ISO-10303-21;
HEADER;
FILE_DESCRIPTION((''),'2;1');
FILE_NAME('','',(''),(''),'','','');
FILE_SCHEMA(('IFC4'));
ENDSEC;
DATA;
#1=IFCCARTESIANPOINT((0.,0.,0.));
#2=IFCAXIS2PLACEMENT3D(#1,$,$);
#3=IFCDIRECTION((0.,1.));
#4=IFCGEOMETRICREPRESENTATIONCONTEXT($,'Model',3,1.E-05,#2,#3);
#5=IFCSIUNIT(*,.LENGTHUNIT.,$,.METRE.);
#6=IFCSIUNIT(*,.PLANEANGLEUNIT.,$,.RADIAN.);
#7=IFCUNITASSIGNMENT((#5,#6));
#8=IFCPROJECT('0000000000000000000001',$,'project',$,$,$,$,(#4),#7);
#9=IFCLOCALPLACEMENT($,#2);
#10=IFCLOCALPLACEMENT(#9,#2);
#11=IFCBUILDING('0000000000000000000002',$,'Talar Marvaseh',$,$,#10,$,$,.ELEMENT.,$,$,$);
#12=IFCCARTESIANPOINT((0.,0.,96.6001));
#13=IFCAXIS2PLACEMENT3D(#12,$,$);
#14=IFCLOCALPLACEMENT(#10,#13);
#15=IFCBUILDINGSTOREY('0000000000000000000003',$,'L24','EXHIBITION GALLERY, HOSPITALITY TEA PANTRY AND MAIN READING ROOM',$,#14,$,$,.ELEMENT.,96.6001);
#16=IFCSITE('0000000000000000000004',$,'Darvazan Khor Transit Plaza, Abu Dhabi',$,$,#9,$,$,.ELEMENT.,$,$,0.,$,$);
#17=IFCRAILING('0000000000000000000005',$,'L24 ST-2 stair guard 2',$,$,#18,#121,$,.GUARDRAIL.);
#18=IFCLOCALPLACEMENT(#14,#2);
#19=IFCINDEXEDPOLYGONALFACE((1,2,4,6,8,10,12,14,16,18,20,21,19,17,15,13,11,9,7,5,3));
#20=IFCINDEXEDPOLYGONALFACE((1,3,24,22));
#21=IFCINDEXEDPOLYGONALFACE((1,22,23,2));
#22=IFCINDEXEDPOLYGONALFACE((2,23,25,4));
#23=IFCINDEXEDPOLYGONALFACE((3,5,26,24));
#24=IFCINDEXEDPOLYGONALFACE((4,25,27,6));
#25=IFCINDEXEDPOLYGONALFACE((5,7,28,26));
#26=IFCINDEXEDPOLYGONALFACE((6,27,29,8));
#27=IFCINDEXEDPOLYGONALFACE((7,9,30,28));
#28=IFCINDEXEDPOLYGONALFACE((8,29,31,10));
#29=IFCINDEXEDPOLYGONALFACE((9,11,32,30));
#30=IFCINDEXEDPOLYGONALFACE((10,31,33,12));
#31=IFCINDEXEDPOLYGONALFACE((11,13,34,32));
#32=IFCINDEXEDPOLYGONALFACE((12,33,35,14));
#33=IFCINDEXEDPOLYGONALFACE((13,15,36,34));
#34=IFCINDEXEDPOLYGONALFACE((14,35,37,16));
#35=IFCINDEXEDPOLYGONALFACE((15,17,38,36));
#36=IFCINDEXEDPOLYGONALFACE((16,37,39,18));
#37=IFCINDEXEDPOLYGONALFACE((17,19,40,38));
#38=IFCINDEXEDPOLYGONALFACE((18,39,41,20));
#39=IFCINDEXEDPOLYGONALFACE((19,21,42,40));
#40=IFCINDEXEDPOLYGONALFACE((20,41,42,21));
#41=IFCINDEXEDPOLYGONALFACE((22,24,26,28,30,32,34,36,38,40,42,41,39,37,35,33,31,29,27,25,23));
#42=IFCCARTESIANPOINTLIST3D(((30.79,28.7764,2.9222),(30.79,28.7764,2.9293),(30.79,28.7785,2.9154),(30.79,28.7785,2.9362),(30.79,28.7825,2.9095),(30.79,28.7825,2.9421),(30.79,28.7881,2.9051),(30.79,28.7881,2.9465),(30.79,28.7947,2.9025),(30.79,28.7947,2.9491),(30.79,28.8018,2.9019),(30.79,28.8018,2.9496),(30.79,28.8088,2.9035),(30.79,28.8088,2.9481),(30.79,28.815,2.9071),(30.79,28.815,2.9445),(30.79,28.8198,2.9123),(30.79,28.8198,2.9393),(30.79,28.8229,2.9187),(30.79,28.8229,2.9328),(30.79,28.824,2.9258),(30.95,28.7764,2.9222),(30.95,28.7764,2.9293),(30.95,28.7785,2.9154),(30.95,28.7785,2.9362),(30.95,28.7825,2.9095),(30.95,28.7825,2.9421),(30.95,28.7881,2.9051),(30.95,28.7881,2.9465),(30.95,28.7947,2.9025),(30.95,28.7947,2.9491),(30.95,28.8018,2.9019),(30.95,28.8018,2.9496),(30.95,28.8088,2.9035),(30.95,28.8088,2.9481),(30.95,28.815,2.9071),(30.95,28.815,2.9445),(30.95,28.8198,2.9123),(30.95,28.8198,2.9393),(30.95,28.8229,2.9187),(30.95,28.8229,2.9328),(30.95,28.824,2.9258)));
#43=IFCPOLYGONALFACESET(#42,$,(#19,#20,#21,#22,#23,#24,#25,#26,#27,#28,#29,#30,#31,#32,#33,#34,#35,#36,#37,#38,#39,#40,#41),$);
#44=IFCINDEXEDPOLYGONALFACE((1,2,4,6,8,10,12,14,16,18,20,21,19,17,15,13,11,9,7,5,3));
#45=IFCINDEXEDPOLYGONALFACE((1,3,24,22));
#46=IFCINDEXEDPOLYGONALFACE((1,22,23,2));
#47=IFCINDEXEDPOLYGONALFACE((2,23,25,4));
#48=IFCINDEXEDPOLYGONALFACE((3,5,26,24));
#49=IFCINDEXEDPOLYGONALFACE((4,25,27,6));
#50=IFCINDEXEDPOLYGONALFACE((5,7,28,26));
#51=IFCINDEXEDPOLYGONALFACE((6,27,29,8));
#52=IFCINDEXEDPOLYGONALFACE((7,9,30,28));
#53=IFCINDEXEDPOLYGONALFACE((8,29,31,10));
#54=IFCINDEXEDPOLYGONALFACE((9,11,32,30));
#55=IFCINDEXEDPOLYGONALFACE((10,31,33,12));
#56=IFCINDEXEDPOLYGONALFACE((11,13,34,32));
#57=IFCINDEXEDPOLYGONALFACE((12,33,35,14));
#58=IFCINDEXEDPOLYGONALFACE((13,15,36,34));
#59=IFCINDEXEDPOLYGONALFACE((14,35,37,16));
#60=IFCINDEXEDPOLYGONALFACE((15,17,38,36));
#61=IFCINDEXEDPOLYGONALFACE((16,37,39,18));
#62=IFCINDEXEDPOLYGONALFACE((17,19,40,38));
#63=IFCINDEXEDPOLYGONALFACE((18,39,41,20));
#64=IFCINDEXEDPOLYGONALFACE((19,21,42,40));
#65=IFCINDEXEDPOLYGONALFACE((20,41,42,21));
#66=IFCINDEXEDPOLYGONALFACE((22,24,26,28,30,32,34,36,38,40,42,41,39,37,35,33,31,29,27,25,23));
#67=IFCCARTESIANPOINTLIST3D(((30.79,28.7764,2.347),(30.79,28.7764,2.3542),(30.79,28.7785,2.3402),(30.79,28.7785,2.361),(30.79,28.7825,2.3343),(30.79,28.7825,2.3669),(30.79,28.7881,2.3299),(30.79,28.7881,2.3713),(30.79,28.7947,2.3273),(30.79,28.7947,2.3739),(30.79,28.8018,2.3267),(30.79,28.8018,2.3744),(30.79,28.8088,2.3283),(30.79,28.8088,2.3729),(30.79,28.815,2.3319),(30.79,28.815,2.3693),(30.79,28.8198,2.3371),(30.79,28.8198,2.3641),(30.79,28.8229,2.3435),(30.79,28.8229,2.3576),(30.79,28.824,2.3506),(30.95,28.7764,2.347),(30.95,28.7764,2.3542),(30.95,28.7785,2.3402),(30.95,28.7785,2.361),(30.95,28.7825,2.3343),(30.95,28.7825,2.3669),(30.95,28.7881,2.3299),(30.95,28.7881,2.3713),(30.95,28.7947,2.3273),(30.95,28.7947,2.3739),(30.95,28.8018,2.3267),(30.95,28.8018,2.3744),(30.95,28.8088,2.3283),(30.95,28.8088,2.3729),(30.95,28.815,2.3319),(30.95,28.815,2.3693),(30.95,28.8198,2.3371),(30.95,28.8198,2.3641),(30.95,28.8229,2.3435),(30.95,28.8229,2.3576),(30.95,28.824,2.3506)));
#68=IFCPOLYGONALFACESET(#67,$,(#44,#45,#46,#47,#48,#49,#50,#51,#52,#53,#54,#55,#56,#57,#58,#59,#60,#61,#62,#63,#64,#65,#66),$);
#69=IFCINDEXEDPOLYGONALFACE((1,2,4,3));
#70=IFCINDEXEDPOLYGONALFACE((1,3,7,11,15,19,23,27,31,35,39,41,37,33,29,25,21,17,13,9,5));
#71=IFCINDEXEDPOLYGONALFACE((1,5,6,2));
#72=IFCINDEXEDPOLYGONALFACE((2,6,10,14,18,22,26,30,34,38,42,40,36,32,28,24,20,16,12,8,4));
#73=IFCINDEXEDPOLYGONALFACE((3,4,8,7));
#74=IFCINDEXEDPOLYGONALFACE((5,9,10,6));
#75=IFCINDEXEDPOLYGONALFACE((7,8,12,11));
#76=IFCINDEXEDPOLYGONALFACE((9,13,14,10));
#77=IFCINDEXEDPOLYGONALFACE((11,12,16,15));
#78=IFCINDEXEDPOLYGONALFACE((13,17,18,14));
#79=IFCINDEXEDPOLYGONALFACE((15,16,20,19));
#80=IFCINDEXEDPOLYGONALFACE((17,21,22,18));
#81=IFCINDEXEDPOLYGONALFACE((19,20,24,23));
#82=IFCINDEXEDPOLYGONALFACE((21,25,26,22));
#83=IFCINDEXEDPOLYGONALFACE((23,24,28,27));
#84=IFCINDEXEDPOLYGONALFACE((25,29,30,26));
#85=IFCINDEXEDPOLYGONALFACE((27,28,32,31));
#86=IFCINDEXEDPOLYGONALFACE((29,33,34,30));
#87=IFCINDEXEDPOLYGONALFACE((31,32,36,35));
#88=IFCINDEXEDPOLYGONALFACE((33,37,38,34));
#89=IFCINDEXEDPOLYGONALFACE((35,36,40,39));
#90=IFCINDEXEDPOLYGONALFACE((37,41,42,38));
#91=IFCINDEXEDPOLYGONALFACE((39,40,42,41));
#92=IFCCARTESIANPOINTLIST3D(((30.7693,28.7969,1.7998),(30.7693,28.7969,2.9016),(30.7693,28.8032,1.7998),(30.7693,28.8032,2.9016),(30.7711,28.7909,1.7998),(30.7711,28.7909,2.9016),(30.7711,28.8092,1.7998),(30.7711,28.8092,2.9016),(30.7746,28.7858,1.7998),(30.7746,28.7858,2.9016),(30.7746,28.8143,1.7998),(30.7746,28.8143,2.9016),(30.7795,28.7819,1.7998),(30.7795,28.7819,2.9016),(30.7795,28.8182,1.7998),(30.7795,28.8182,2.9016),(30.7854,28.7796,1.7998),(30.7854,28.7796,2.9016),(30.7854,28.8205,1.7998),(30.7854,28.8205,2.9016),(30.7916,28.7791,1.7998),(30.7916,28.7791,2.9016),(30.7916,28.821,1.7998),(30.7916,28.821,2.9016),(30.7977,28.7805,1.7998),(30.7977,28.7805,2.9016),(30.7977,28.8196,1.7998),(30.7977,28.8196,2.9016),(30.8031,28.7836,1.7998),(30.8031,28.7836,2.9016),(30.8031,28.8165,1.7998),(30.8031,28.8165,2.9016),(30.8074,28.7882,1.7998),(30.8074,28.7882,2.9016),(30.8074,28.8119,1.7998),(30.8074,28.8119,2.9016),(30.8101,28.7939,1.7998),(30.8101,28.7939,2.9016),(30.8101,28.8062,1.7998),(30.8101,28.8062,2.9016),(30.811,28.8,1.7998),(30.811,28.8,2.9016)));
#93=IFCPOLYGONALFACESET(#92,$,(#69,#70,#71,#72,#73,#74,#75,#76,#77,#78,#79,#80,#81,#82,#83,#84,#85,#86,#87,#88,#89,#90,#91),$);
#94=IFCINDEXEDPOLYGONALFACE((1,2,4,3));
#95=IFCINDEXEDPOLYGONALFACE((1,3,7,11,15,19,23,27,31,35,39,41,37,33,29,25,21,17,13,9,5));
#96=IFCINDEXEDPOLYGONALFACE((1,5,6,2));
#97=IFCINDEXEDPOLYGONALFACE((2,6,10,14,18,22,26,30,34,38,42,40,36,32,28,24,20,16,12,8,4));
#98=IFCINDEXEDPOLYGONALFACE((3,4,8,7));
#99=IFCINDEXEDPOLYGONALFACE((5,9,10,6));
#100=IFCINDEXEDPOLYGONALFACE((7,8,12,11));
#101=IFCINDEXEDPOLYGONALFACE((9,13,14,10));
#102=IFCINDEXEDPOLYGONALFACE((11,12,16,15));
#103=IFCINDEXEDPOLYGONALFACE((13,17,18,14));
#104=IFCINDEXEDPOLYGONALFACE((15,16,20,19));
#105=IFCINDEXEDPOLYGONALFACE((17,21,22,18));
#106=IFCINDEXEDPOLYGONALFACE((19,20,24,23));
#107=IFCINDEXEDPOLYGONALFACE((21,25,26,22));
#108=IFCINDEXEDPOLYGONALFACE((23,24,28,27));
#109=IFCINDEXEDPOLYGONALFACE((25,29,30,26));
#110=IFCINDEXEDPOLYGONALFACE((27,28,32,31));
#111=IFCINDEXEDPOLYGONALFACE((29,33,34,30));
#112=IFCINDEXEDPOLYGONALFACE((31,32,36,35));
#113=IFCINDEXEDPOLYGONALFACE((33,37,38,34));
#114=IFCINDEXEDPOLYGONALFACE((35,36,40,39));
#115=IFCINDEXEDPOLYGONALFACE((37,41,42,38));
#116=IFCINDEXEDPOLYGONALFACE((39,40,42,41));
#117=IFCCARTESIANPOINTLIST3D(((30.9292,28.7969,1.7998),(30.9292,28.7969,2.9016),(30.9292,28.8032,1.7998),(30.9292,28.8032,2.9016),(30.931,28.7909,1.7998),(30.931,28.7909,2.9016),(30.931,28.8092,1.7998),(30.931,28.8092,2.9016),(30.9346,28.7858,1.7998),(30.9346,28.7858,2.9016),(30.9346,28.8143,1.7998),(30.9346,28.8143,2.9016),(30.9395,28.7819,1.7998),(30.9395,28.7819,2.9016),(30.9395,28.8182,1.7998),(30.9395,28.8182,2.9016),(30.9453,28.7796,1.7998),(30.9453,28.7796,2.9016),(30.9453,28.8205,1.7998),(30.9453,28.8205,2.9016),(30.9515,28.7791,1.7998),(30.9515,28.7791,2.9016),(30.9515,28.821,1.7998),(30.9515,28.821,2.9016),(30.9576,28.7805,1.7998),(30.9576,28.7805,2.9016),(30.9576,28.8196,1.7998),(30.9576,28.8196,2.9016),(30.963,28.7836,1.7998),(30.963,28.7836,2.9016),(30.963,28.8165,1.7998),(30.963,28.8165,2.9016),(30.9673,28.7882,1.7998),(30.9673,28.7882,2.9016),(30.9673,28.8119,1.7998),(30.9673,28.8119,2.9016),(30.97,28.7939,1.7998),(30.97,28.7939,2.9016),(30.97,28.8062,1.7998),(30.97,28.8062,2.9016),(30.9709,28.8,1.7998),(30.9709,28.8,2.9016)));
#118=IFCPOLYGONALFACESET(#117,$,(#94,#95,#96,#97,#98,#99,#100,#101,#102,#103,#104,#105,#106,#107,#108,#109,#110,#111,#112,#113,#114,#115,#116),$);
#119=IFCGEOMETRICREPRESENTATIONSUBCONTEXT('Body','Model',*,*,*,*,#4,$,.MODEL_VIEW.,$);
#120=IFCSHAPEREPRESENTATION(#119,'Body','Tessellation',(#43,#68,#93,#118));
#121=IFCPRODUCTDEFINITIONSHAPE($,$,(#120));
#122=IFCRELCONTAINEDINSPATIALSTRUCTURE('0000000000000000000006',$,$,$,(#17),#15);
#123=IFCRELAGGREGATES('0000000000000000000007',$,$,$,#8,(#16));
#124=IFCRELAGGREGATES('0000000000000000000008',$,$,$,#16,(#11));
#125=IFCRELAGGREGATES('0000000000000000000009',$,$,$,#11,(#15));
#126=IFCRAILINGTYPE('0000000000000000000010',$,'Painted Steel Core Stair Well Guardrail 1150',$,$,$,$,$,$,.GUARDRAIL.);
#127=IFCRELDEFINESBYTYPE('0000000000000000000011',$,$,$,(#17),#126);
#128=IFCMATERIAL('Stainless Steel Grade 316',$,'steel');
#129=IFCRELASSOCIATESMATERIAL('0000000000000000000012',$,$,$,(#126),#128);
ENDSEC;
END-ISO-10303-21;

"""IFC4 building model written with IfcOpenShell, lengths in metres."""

from ifc_helpers import new_model, si_unit, direction, frame, origin, origin_2d, place, context, subcontext, project, spatial, circle, extrude, material, type_object, element, save


model = new_model("IFC4")

# Units and contexts
model_context = context("Model", 3, precision=1e-05, world=origin(), true_north=direction((0.0, 1.0)))
body_context = subcontext(model_context, "Body", "Model", "MODEL_VIEW")
ifc_project = project(units=[si_unit("LENGTHUNIT", "METRE"), si_unit("PLANEANGLEUNIT", "RADIAN")], contexts=[model_context])

# Site, building, storey
site_placement = place(None, origin())
site = spatial("IfcSite", under=ifc_project, at=site_placement, Name="Darvazan Khor Transit Plaza, Abu Dhabi", CompositionType="ELEMENT", RefElevation=0.0)
building_placement = place(site_placement, origin())
building = spatial("IfcBuilding", under=site, at=building_placement, Name="Talar Marvaseh", CompositionType="ELEMENT")
storey_placement = place(building_placement, frame((0.0, 0.0, 96.6001)))
storey = spatial("IfcBuildingStorey", under=building, at=storey_placement, Name="L24", Description="EXHIBITION GALLERY, HOSPITALITY TEA PANTRY AND MAIN READING ROOM", CompositionType="ELEMENT", Elevation=96.6001)

# Railing
ifc_material_1 = material(Name="Stainless Steel Grade 316", Category="steel")
railing_type_1 = type_object("IfcRailingType", Name="Painted Steel Core Stair Well Guardrail 1150", PredefinedType="GUARDRAIL", material=ifc_material_1)
railing_1_placement = place(storey_placement, frame((30.79, 28.8, 1.7998)))
element("IfcRailing", 1, at=railing_1_placement, inside=storey, type_object=railing_type_1, Name="L24 ST-2 stair guard 2", PredefinedType="GUARDRAIL", context=body_context, shape_type="SweptSolid", body=[
    extrude(circle(Radius=0.0239, at=origin_2d()), frame((0.0, 0.0, 1.126), z_axis=(1.0, 0.0, 0.0), x_axis=(0.0, 1.0, 0.0)), (0.0, 0.0, 1.0), 0.1599),
    extrude(circle(Radius=0.0239, at=origin_2d()), frame((0.0, 0.0, 0.5508), z_axis=(1.0, 0.0, 0.0), x_axis=(0.0, 1.0, 0.0)), (0.0, 0.0, 1.0), 0.1599),
    extrude(circle(Radius=0.021, at=origin_2d()), origin(), (0.0, 0.0, 1.0), 1.1018),
    extrude(circle(Radius=0.021, at=origin_2d()), frame((0.1599, 0.0, 0.0)), (0.0, 0.0, 1.0), 1.1018),
])

save(model, "model.ifc")
